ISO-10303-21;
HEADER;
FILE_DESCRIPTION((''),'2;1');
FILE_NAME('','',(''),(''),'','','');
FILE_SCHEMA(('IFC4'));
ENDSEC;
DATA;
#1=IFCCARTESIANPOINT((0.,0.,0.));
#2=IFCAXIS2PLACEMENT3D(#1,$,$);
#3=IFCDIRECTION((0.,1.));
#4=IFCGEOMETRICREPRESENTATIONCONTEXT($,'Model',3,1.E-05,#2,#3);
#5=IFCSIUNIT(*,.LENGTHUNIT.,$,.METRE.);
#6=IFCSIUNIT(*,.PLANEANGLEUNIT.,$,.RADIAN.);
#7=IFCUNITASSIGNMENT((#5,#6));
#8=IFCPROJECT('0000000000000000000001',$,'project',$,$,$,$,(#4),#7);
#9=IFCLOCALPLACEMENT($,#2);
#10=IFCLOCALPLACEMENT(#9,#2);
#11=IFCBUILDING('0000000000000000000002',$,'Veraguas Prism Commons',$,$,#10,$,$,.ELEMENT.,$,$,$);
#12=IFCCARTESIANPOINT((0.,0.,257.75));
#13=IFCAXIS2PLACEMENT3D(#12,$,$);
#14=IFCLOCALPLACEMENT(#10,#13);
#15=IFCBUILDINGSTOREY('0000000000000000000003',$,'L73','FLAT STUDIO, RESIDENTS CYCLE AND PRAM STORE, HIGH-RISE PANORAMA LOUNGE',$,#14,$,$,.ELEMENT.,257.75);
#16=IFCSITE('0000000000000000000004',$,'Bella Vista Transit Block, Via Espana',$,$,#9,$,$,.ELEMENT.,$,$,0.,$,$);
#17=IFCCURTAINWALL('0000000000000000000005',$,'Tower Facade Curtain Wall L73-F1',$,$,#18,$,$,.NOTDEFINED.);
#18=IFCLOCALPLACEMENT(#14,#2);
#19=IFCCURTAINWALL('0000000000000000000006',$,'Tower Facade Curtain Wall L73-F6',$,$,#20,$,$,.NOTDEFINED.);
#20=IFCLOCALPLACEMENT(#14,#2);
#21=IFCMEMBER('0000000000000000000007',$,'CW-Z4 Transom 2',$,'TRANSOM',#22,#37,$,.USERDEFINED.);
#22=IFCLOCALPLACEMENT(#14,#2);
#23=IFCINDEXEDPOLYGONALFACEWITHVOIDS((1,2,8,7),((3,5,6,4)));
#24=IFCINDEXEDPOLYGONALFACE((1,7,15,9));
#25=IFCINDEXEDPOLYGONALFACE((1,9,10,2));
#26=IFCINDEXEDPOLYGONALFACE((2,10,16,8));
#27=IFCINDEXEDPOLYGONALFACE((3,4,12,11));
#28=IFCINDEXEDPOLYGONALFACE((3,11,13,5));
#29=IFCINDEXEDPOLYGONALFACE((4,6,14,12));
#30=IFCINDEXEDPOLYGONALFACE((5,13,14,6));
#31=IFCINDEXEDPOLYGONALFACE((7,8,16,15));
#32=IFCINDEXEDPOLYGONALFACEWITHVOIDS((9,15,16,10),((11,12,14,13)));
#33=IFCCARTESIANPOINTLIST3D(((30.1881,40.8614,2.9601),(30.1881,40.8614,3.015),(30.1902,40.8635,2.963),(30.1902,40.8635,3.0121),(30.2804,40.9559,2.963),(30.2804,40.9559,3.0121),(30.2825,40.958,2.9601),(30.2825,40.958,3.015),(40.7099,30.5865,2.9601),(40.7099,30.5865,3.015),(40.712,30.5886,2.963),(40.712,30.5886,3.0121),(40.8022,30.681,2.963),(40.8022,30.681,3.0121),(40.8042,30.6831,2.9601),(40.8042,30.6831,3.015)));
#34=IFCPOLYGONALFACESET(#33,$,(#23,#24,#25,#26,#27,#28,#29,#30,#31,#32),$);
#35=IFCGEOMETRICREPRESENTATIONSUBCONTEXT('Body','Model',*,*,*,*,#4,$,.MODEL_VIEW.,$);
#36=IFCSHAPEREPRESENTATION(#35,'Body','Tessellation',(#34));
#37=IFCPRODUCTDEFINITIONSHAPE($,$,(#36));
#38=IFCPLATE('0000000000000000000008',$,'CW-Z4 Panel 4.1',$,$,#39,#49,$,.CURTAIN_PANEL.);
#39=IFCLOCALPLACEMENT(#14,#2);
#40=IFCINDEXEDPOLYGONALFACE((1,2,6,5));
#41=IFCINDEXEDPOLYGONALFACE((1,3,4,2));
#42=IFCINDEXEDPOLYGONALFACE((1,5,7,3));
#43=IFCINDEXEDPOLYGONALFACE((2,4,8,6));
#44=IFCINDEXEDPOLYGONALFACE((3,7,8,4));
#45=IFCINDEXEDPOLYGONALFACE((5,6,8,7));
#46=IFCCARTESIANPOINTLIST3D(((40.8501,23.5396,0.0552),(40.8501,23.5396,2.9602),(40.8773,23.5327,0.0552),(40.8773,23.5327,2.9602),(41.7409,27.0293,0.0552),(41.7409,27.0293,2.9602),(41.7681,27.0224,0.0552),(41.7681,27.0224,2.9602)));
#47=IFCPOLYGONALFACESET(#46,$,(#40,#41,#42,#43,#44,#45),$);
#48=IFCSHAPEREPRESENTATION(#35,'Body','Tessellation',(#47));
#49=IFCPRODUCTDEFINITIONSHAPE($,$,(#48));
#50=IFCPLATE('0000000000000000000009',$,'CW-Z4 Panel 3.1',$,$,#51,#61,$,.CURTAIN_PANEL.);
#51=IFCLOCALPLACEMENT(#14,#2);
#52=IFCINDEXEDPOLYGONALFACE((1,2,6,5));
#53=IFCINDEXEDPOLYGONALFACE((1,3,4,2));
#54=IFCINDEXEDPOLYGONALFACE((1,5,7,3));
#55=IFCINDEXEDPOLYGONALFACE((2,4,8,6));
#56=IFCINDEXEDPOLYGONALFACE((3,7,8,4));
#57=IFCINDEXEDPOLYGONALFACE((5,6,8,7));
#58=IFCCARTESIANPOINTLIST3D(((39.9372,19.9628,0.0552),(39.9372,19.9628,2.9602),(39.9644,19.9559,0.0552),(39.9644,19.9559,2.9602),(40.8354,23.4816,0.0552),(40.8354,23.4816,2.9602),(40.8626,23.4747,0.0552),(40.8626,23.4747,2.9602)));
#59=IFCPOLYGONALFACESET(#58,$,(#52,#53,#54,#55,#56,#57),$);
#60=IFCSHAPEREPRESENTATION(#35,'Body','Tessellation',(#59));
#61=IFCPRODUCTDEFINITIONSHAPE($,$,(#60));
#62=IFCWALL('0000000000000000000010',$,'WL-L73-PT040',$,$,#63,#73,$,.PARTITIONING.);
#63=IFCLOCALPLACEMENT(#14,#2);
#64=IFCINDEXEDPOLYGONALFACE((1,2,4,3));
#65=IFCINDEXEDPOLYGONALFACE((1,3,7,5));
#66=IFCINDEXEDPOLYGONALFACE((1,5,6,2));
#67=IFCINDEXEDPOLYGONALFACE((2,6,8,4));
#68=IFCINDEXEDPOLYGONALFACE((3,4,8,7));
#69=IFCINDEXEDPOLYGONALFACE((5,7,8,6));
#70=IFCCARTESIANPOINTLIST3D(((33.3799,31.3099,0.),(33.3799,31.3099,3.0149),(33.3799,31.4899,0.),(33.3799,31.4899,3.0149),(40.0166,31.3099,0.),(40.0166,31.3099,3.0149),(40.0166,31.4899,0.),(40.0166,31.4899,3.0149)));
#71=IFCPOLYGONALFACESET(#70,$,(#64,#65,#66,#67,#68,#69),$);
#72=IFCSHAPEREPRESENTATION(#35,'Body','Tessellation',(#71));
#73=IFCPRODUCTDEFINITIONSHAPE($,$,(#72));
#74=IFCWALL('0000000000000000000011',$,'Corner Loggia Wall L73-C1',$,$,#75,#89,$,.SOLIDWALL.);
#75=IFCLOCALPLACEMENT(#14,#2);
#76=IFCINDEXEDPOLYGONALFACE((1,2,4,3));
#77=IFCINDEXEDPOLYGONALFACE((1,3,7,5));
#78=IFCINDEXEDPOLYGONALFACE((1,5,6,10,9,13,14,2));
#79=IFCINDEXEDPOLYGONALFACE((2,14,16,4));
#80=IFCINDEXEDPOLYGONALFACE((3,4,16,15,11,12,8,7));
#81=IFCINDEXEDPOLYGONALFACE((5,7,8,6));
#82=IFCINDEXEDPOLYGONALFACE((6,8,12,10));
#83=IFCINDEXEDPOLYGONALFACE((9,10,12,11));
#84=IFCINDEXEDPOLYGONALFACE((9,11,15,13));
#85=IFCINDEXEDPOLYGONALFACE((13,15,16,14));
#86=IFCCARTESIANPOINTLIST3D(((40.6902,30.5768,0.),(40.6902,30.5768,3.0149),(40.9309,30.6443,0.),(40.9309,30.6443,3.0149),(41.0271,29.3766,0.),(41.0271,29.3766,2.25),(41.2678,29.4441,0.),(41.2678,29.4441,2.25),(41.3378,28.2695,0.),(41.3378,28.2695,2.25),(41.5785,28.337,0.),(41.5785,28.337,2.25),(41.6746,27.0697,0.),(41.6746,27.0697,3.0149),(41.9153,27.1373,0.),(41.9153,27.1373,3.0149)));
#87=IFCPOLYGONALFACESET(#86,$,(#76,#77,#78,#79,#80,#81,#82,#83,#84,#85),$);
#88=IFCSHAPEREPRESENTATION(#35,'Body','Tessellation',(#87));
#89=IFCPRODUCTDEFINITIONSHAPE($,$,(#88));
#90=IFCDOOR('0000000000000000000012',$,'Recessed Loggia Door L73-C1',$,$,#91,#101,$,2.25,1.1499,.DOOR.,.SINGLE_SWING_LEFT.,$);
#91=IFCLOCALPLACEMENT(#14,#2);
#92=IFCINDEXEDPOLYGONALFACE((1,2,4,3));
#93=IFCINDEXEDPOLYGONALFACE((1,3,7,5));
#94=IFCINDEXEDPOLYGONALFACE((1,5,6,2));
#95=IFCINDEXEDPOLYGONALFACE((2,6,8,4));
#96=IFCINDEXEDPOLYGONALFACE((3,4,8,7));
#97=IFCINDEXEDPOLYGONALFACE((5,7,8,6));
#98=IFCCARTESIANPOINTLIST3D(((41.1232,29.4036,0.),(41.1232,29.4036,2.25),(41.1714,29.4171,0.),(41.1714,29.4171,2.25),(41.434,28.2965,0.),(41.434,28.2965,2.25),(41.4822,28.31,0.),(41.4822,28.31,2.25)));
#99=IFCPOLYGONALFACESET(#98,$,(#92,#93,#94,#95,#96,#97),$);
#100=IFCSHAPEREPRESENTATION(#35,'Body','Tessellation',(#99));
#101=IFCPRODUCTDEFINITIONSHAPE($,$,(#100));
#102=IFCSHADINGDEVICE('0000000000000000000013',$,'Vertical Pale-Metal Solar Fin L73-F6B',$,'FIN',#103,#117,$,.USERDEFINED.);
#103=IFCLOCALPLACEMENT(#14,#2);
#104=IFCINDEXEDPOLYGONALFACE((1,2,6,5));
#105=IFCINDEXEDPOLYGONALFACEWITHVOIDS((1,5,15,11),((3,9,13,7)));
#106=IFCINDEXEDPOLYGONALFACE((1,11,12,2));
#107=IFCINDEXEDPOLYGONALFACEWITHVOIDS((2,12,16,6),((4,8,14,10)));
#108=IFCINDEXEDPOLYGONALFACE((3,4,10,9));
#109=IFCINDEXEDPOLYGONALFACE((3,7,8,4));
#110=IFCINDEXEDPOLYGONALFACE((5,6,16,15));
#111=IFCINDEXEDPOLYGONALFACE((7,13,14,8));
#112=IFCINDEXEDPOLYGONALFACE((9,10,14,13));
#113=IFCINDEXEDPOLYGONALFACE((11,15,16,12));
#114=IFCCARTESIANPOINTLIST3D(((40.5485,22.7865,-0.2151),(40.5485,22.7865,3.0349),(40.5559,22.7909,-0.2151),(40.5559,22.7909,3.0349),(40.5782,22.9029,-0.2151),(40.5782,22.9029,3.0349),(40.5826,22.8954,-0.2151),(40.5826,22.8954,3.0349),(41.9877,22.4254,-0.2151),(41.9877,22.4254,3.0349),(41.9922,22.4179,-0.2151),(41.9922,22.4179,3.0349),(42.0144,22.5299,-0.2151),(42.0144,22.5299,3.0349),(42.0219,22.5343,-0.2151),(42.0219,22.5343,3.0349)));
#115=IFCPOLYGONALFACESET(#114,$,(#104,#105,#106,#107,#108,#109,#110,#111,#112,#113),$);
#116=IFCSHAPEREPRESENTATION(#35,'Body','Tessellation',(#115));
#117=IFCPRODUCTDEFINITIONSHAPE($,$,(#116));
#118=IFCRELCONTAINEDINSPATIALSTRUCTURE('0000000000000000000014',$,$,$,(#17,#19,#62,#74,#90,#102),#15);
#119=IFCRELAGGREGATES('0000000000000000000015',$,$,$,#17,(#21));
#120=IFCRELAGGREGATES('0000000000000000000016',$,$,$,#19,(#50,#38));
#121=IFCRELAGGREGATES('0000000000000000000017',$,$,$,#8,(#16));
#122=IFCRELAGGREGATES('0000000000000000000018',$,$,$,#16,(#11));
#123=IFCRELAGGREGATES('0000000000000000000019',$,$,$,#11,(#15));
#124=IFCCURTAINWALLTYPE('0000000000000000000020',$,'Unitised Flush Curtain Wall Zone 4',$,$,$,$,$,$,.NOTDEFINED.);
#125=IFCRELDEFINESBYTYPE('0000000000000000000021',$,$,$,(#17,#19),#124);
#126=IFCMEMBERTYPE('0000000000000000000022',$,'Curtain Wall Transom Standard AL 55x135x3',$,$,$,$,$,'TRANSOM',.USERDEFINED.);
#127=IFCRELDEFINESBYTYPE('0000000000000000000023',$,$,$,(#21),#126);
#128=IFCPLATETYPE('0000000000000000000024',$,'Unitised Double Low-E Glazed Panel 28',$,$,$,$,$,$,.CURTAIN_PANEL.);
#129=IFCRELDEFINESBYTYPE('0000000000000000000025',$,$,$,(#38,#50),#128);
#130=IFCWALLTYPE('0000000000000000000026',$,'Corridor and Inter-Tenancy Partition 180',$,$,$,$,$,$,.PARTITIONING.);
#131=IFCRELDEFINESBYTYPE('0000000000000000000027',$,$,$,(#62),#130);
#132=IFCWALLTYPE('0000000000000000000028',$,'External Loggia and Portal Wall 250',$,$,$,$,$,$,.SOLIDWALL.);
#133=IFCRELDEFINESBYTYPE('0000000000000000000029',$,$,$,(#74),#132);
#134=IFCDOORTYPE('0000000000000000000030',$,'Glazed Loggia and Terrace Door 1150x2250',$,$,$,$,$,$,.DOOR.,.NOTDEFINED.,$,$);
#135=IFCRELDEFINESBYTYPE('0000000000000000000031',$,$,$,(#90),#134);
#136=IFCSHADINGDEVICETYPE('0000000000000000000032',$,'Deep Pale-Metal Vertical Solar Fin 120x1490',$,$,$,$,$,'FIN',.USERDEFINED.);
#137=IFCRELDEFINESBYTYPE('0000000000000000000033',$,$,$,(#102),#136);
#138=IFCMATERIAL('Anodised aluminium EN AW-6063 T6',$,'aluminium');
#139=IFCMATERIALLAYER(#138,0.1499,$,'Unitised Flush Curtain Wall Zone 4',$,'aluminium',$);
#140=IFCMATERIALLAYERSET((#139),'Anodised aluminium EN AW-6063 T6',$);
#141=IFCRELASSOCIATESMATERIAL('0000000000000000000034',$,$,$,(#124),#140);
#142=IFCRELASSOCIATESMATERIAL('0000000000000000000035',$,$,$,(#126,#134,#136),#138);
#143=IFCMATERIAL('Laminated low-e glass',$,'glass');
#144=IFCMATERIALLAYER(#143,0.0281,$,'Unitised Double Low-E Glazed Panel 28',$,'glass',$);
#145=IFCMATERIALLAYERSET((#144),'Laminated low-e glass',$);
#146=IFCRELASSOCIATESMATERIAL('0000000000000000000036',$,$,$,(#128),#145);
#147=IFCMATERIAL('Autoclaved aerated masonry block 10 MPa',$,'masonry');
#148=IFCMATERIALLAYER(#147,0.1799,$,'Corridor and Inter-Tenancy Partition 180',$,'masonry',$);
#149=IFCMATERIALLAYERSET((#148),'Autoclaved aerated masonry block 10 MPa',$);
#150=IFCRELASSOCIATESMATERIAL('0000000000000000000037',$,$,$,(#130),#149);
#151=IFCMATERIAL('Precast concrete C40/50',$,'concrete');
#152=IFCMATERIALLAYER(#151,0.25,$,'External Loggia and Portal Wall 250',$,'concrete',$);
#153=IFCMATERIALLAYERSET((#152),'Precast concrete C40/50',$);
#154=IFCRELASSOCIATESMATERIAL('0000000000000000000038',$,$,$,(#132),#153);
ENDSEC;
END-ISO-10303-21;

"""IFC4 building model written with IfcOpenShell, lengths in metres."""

from ifc_helpers import new_model, si_unit, direction, frame, frame_2d, origin, origin_2d, place, context, subcontext, project, spatial, rectangle, hollow_rectangle, extrude, source, transform, mapped, material, layer, layer_set, material_profile, profile_set, type_object, element, fill, aggregate, save


model = new_model("IFC4")

# Units and contexts
model_context = context("Model", 3, precision=1e-05, world=origin(), true_north=direction((0.0, 1.0)))
body_context = subcontext(model_context, "Body", "Model", "MODEL_VIEW")
ifc_project = project(units=[si_unit("LENGTHUNIT", "METRE"), si_unit("PLANEANGLEUNIT", "RADIAN")], contexts=[model_context])

# Site, building, storey
site_placement = place(None, origin())
site = spatial("IfcSite", under=ifc_project, at=site_placement, Name="Bella Vista Transit Block, Via Espana", CompositionType="ELEMENT", RefElevation=0.0)
building_placement = place(site_placement, origin())
building = spatial("IfcBuilding", under=site, at=building_placement, Name="Veraguas Prism Commons", CompositionType="ELEMENT")
storey_placement = place(building_placement, frame((0.0, 0.0, 257.75)))
storey = spatial("IfcBuildingStorey", under=building, at=storey_placement, Name="L73", Description="FLAT STUDIO, RESIDENTS CYCLE AND PRAM STORE, HIGH-RISE PANORAMA LOUNGE", CompositionType="ELEMENT", Elevation=257.75)

# Curtain wall
ifc_material_1 = material(Name="Anodised aluminium EN AW-6063 T6", Category="aluminium")
ifc_layer_1 = layer(ifc_material_1, 0.1499, Name="Unitised Flush Curtain Wall Zone 4", Category="aluminium")
ifc_layer_set_1 = layer_set([ifc_layer_1], Name="Anodised aluminium EN AW-6063 T6")
curtain_wall_type = type_object("IfcCurtainWallType", Name="Unitised Flush Curtain Wall Zone 4", PredefinedType="NOTDEFINED", material=ifc_layer_set_1)
curtain_wall_1_placement = place(storey_placement, origin())
curtain_wall_1 = element("IfcCurtainWall", 1, at=curtain_wall_1_placement, inside=storey, type_object=curtain_wall_type, Name="Tower Facade Curtain Wall L73-F1", PredefinedType="NOTDEFINED")

# Curtain wall
curtain_wall_2_placement = place(storey_placement, origin())
curtain_wall_2 = element("IfcCurtainWall", 2, at=curtain_wall_2_placement, inside=storey, type_object=curtain_wall_type, Name="Tower Facade Curtain Wall L73-F6", PredefinedType="NOTDEFINED")

# Member
ifc_material_profile_1 = material_profile(ifc_material_1, hollow_rectangle(XDim=0.0549, YDim=0.135, WallThickness=0.0029, at=origin_2d()), Name="AL55X135X3")
ifc_profile_set_1 = profile_set([ifc_material_profile_1], Name="Anodised aluminium EN AW-6063 T6")
member_type_1 = type_object("IfcMemberType", Name="Curtain Wall Transom Standard AL 55x135x3", ElementType="TRANSOM", PredefinedType="USERDEFINED", material=ifc_profile_set_1)
shared_shape_1 = source(origin(), body_context, "Body", "SweptSolid", [
    extrude(hollow_rectangle(XDim=0.0549, YDim=0.135, WallThickness=0.0029, at=origin_2d()), origin(), (0.0, 0.0, 1.0), 14.7065),
])
member_1_placement = place(storey_placement, frame((40.7571, 30.6348, 2.9875), z_axis=(-0.715449, 0.698665, 0.0), x_axis=(0.0, 0.0, 1.0)))
member_1 = element("IfcMember", 3, at=member_1_placement, type_object=member_type_1, Name="CW-Z4 Transom 2", ObjectType="TRANSOM", PredefinedType="USERDEFINED", context=body_context, shape_type="MappedRepresentation", body=[
    mapped(shared_shape_1, transform((0.0, 0.0, 0.0), scale=1.0)),
])
aggregate(curtain_wall_1, [member_1])

# Plates
ifc_material_2 = material(Name="Laminated low-e glass", Category="glass")
ifc_layer_2 = layer(ifc_material_2, 0.0281, Name="Unitised Double Low-E Glazed Panel 28", Category="glass")
ifc_layer_set_2 = layer_set([ifc_layer_2], Name="Laminated low-e glass")
plate_type = type_object("IfcPlateType", Name="Unitised Double Low-E Glazed Panel 28", PredefinedType="CURTAIN_PANEL", material=ifc_layer_set_2)
shared_shape_2 = source(origin(), body_context, "Body", "SweptSolid", [
    extrude(rectangle(XDim=3.6016, YDim=0.0281, at=origin_2d()), origin(), (0.0, 0.0, 1.0), 2.905),
])
plate_1_placement = place(storey_placement, frame((41.3091, 25.281, 0.0552), z_axis=(0.0, 0.0, 1.0), x_axis=(0.247339, 0.968929, 0.0)))
plate_1 = element("IfcPlate", 4, at=plate_1_placement, type_object=plate_type, Name="CW-Z4 Panel 4.1", PredefinedType="CURTAIN_PANEL", context=body_context, shape_type="MappedRepresentation", body=[
    mapped(shared_shape_2, transform((0.0, 0.0, 0.0), scale=1.0)),
])
shared_shape_3 = source(origin(), body_context, "Body", "SweptSolid", [
    extrude(rectangle(XDim=3.6316, YDim=0.0281, at=origin_2d()), origin(), (0.0, 0.0, 1.0), 2.905),
])
plate_2_placement = place(storey_placement, frame((40.3999, 21.7188, 0.0552), z_axis=(0.0, 0.0, 1.0), x_axis=(0.247339, 0.968929, 0.0)))
plate_2 = element("IfcPlate", 5, at=plate_2_placement, type_object=plate_type, Name="CW-Z4 Panel 3.1", PredefinedType="CURTAIN_PANEL", context=body_context, shape_type="MappedRepresentation", body=[
    mapped(shared_shape_3, transform((0.0, 0.0, 0.0), scale=1.0)),
])
aggregate(curtain_wall_2, [plate_2, plate_1])

# Wall
ifc_material_3 = material(Name="Autoclaved aerated masonry block 10 MPa", Category="masonry")
ifc_layer_3 = layer(ifc_material_3, 0.1799, Name="Corridor and Inter-Tenancy Partition 180", Category="masonry")
ifc_layer_set_3 = layer_set([ifc_layer_3], Name="Autoclaved aerated masonry block 10 MPa")
wall_type_1 = type_object("IfcWallType", Name="Corridor and Inter-Tenancy Partition 180", PredefinedType="PARTITIONING", material=ifc_layer_set_3)
wall_1_placement = place(storey_placement, frame((33.3799, 31.3999, 0.0), z_axis=(0.0, 0.0, 1.0), x_axis=(1.0, 0.0, 0.0)))
element("IfcWall", 6, at=wall_1_placement, inside=storey, type_object=wall_type_1, Name="WL-L73-PT040", PredefinedType="PARTITIONING", context=body_context, shape_type="SweptSolid", body=[
    extrude(rectangle(XDim=6.6367, YDim=0.1799, at=frame_2d((3.3184, 0.0))), origin(), (0.0, 0.0, 1.0), 3.0149),
])

# Wall, opening, door
ifc_material_4 = material(Name="Precast concrete C40/50", Category="concrete")
ifc_layer_4 = layer(ifc_material_4, 0.25, Name="External Loggia and Portal Wall 250", Category="concrete")
ifc_layer_set_4 = layer_set([ifc_layer_4], Name="Precast concrete C40/50")
wall_type_2 = type_object("IfcWallType", Name="External Loggia and Portal Wall 250", PredefinedType="SOLIDWALL", material=ifc_layer_set_4)
wall_2_placement = place(storey_placement, frame((41.7949, 27.1035, 0.0), z_axis=(0.0, 0.0, 1.0), x_axis=(-0.270239, 0.962793, 0.0)))
wall_2 = element("IfcWall", 7, at=wall_2_placement, inside=storey, type_object=wall_type_2, Name="Corner Loggia Wall L73-C1", PredefinedType="SOLIDWALL", context=body_context, shape_type="SweptSolid", body=[
    extrude(rectangle(XDim=3.6426, YDim=0.25, at=frame_2d((1.8213, 0.0))), origin(), (0.0, 0.0, 1.0), 3.0149),
])
opening_placement = place(wall_2_placement, frame((1.2461, 0.0, 0.0)))
opening = element("IfcOpeningElement", 8, at=opening_placement, cuts=wall_2, PredefinedType="OPENING", context=body_context, shape_type="SweptSolid", body=[
    extrude(rectangle(XDim=1.1499, YDim=2.25, at=frame_2d((0.575, 1.125))), frame((0.0, 0.135, 0.0), z_axis=(0.0, -1.0, 0.0), x_axis=(1.0, 0.0, 0.0)), (0.0, 0.0, 1.0), 0.27),
])
door_type = type_object("IfcDoorType", Name="Glazed Loggia and Terrace Door 1150x2250", OperationType="NOTDEFINED", PredefinedType="DOOR", material=ifc_material_1)
shared_shape_4 = source(origin(), body_context, "Body", "SweptSolid", [
    extrude(rectangle(XDim=1.1499, YDim=2.25, at=frame_2d((0.575, 1.125))), frame((0.0, 0.0249, 0.0), z_axis=(0.0, -1.0, 0.0), x_axis=(1.0, 0.0, 0.0)), (0.0, 0.0, 1.0), 0.05),
])
door_placement = place(opening_placement, frame((1.1499, 0.0, 0.0), z_axis=(0.0, 0.0, 1.0), x_axis=(-1.0, 0.0, 0.0)))
door = element("IfcDoor", 9, at=door_placement, inside=storey, type_object=door_type, Name="Recessed Loggia Door L73-C1", OperationType="SINGLE_SWING_LEFT", OverallHeight=2.25, OverallWidth=1.1499, PredefinedType="DOOR", context=body_context, shape_type="MappedRepresentation", body=[
    mapped(shared_shape_4, transform((0.0, 0.0, 0.0), scale=1.0)),
])
fill(opening, door)

# Shading device
ifc_material_profile_2 = material_profile(ifc_material_1, hollow_rectangle(XDim=0.1201, YDim=1.49, WallThickness=0.0061, at=origin_2d()), Name="FIN120X1490X6")
ifc_profile_set_2 = profile_set([ifc_material_profile_2], Name="Anodised aluminium EN AW-6063 T6")
shading_device_type = type_object("IfcShadingDeviceType", Name="Deep Pale-Metal Vertical Solar Fin 120x1490", ElementType="FIN", PredefinedType="USERDEFINED", material=ifc_profile_set_2)
shading_device_placement = place(storey_placement, frame((41.2852, 22.6604, -0.2151), z_axis=(0.0, 0.0, 1.0), x_axis=(0.247334, 0.96893, 0.0)))
element("IfcShadingDevice", 10, at=shading_device_placement, inside=storey, type_object=shading_device_type, Name="Vertical Pale-Metal Solar Fin L73-F6B", ObjectType="FIN", PredefinedType="USERDEFINED", context=body_context, shape_type="SweptSolid", body=[
    extrude(hollow_rectangle(XDim=0.1201, YDim=1.49, WallThickness=0.0061, at=origin_2d()), origin(), (0.0, 0.0, 1.0), 3.25),
])

save(model, "model.ifc")
